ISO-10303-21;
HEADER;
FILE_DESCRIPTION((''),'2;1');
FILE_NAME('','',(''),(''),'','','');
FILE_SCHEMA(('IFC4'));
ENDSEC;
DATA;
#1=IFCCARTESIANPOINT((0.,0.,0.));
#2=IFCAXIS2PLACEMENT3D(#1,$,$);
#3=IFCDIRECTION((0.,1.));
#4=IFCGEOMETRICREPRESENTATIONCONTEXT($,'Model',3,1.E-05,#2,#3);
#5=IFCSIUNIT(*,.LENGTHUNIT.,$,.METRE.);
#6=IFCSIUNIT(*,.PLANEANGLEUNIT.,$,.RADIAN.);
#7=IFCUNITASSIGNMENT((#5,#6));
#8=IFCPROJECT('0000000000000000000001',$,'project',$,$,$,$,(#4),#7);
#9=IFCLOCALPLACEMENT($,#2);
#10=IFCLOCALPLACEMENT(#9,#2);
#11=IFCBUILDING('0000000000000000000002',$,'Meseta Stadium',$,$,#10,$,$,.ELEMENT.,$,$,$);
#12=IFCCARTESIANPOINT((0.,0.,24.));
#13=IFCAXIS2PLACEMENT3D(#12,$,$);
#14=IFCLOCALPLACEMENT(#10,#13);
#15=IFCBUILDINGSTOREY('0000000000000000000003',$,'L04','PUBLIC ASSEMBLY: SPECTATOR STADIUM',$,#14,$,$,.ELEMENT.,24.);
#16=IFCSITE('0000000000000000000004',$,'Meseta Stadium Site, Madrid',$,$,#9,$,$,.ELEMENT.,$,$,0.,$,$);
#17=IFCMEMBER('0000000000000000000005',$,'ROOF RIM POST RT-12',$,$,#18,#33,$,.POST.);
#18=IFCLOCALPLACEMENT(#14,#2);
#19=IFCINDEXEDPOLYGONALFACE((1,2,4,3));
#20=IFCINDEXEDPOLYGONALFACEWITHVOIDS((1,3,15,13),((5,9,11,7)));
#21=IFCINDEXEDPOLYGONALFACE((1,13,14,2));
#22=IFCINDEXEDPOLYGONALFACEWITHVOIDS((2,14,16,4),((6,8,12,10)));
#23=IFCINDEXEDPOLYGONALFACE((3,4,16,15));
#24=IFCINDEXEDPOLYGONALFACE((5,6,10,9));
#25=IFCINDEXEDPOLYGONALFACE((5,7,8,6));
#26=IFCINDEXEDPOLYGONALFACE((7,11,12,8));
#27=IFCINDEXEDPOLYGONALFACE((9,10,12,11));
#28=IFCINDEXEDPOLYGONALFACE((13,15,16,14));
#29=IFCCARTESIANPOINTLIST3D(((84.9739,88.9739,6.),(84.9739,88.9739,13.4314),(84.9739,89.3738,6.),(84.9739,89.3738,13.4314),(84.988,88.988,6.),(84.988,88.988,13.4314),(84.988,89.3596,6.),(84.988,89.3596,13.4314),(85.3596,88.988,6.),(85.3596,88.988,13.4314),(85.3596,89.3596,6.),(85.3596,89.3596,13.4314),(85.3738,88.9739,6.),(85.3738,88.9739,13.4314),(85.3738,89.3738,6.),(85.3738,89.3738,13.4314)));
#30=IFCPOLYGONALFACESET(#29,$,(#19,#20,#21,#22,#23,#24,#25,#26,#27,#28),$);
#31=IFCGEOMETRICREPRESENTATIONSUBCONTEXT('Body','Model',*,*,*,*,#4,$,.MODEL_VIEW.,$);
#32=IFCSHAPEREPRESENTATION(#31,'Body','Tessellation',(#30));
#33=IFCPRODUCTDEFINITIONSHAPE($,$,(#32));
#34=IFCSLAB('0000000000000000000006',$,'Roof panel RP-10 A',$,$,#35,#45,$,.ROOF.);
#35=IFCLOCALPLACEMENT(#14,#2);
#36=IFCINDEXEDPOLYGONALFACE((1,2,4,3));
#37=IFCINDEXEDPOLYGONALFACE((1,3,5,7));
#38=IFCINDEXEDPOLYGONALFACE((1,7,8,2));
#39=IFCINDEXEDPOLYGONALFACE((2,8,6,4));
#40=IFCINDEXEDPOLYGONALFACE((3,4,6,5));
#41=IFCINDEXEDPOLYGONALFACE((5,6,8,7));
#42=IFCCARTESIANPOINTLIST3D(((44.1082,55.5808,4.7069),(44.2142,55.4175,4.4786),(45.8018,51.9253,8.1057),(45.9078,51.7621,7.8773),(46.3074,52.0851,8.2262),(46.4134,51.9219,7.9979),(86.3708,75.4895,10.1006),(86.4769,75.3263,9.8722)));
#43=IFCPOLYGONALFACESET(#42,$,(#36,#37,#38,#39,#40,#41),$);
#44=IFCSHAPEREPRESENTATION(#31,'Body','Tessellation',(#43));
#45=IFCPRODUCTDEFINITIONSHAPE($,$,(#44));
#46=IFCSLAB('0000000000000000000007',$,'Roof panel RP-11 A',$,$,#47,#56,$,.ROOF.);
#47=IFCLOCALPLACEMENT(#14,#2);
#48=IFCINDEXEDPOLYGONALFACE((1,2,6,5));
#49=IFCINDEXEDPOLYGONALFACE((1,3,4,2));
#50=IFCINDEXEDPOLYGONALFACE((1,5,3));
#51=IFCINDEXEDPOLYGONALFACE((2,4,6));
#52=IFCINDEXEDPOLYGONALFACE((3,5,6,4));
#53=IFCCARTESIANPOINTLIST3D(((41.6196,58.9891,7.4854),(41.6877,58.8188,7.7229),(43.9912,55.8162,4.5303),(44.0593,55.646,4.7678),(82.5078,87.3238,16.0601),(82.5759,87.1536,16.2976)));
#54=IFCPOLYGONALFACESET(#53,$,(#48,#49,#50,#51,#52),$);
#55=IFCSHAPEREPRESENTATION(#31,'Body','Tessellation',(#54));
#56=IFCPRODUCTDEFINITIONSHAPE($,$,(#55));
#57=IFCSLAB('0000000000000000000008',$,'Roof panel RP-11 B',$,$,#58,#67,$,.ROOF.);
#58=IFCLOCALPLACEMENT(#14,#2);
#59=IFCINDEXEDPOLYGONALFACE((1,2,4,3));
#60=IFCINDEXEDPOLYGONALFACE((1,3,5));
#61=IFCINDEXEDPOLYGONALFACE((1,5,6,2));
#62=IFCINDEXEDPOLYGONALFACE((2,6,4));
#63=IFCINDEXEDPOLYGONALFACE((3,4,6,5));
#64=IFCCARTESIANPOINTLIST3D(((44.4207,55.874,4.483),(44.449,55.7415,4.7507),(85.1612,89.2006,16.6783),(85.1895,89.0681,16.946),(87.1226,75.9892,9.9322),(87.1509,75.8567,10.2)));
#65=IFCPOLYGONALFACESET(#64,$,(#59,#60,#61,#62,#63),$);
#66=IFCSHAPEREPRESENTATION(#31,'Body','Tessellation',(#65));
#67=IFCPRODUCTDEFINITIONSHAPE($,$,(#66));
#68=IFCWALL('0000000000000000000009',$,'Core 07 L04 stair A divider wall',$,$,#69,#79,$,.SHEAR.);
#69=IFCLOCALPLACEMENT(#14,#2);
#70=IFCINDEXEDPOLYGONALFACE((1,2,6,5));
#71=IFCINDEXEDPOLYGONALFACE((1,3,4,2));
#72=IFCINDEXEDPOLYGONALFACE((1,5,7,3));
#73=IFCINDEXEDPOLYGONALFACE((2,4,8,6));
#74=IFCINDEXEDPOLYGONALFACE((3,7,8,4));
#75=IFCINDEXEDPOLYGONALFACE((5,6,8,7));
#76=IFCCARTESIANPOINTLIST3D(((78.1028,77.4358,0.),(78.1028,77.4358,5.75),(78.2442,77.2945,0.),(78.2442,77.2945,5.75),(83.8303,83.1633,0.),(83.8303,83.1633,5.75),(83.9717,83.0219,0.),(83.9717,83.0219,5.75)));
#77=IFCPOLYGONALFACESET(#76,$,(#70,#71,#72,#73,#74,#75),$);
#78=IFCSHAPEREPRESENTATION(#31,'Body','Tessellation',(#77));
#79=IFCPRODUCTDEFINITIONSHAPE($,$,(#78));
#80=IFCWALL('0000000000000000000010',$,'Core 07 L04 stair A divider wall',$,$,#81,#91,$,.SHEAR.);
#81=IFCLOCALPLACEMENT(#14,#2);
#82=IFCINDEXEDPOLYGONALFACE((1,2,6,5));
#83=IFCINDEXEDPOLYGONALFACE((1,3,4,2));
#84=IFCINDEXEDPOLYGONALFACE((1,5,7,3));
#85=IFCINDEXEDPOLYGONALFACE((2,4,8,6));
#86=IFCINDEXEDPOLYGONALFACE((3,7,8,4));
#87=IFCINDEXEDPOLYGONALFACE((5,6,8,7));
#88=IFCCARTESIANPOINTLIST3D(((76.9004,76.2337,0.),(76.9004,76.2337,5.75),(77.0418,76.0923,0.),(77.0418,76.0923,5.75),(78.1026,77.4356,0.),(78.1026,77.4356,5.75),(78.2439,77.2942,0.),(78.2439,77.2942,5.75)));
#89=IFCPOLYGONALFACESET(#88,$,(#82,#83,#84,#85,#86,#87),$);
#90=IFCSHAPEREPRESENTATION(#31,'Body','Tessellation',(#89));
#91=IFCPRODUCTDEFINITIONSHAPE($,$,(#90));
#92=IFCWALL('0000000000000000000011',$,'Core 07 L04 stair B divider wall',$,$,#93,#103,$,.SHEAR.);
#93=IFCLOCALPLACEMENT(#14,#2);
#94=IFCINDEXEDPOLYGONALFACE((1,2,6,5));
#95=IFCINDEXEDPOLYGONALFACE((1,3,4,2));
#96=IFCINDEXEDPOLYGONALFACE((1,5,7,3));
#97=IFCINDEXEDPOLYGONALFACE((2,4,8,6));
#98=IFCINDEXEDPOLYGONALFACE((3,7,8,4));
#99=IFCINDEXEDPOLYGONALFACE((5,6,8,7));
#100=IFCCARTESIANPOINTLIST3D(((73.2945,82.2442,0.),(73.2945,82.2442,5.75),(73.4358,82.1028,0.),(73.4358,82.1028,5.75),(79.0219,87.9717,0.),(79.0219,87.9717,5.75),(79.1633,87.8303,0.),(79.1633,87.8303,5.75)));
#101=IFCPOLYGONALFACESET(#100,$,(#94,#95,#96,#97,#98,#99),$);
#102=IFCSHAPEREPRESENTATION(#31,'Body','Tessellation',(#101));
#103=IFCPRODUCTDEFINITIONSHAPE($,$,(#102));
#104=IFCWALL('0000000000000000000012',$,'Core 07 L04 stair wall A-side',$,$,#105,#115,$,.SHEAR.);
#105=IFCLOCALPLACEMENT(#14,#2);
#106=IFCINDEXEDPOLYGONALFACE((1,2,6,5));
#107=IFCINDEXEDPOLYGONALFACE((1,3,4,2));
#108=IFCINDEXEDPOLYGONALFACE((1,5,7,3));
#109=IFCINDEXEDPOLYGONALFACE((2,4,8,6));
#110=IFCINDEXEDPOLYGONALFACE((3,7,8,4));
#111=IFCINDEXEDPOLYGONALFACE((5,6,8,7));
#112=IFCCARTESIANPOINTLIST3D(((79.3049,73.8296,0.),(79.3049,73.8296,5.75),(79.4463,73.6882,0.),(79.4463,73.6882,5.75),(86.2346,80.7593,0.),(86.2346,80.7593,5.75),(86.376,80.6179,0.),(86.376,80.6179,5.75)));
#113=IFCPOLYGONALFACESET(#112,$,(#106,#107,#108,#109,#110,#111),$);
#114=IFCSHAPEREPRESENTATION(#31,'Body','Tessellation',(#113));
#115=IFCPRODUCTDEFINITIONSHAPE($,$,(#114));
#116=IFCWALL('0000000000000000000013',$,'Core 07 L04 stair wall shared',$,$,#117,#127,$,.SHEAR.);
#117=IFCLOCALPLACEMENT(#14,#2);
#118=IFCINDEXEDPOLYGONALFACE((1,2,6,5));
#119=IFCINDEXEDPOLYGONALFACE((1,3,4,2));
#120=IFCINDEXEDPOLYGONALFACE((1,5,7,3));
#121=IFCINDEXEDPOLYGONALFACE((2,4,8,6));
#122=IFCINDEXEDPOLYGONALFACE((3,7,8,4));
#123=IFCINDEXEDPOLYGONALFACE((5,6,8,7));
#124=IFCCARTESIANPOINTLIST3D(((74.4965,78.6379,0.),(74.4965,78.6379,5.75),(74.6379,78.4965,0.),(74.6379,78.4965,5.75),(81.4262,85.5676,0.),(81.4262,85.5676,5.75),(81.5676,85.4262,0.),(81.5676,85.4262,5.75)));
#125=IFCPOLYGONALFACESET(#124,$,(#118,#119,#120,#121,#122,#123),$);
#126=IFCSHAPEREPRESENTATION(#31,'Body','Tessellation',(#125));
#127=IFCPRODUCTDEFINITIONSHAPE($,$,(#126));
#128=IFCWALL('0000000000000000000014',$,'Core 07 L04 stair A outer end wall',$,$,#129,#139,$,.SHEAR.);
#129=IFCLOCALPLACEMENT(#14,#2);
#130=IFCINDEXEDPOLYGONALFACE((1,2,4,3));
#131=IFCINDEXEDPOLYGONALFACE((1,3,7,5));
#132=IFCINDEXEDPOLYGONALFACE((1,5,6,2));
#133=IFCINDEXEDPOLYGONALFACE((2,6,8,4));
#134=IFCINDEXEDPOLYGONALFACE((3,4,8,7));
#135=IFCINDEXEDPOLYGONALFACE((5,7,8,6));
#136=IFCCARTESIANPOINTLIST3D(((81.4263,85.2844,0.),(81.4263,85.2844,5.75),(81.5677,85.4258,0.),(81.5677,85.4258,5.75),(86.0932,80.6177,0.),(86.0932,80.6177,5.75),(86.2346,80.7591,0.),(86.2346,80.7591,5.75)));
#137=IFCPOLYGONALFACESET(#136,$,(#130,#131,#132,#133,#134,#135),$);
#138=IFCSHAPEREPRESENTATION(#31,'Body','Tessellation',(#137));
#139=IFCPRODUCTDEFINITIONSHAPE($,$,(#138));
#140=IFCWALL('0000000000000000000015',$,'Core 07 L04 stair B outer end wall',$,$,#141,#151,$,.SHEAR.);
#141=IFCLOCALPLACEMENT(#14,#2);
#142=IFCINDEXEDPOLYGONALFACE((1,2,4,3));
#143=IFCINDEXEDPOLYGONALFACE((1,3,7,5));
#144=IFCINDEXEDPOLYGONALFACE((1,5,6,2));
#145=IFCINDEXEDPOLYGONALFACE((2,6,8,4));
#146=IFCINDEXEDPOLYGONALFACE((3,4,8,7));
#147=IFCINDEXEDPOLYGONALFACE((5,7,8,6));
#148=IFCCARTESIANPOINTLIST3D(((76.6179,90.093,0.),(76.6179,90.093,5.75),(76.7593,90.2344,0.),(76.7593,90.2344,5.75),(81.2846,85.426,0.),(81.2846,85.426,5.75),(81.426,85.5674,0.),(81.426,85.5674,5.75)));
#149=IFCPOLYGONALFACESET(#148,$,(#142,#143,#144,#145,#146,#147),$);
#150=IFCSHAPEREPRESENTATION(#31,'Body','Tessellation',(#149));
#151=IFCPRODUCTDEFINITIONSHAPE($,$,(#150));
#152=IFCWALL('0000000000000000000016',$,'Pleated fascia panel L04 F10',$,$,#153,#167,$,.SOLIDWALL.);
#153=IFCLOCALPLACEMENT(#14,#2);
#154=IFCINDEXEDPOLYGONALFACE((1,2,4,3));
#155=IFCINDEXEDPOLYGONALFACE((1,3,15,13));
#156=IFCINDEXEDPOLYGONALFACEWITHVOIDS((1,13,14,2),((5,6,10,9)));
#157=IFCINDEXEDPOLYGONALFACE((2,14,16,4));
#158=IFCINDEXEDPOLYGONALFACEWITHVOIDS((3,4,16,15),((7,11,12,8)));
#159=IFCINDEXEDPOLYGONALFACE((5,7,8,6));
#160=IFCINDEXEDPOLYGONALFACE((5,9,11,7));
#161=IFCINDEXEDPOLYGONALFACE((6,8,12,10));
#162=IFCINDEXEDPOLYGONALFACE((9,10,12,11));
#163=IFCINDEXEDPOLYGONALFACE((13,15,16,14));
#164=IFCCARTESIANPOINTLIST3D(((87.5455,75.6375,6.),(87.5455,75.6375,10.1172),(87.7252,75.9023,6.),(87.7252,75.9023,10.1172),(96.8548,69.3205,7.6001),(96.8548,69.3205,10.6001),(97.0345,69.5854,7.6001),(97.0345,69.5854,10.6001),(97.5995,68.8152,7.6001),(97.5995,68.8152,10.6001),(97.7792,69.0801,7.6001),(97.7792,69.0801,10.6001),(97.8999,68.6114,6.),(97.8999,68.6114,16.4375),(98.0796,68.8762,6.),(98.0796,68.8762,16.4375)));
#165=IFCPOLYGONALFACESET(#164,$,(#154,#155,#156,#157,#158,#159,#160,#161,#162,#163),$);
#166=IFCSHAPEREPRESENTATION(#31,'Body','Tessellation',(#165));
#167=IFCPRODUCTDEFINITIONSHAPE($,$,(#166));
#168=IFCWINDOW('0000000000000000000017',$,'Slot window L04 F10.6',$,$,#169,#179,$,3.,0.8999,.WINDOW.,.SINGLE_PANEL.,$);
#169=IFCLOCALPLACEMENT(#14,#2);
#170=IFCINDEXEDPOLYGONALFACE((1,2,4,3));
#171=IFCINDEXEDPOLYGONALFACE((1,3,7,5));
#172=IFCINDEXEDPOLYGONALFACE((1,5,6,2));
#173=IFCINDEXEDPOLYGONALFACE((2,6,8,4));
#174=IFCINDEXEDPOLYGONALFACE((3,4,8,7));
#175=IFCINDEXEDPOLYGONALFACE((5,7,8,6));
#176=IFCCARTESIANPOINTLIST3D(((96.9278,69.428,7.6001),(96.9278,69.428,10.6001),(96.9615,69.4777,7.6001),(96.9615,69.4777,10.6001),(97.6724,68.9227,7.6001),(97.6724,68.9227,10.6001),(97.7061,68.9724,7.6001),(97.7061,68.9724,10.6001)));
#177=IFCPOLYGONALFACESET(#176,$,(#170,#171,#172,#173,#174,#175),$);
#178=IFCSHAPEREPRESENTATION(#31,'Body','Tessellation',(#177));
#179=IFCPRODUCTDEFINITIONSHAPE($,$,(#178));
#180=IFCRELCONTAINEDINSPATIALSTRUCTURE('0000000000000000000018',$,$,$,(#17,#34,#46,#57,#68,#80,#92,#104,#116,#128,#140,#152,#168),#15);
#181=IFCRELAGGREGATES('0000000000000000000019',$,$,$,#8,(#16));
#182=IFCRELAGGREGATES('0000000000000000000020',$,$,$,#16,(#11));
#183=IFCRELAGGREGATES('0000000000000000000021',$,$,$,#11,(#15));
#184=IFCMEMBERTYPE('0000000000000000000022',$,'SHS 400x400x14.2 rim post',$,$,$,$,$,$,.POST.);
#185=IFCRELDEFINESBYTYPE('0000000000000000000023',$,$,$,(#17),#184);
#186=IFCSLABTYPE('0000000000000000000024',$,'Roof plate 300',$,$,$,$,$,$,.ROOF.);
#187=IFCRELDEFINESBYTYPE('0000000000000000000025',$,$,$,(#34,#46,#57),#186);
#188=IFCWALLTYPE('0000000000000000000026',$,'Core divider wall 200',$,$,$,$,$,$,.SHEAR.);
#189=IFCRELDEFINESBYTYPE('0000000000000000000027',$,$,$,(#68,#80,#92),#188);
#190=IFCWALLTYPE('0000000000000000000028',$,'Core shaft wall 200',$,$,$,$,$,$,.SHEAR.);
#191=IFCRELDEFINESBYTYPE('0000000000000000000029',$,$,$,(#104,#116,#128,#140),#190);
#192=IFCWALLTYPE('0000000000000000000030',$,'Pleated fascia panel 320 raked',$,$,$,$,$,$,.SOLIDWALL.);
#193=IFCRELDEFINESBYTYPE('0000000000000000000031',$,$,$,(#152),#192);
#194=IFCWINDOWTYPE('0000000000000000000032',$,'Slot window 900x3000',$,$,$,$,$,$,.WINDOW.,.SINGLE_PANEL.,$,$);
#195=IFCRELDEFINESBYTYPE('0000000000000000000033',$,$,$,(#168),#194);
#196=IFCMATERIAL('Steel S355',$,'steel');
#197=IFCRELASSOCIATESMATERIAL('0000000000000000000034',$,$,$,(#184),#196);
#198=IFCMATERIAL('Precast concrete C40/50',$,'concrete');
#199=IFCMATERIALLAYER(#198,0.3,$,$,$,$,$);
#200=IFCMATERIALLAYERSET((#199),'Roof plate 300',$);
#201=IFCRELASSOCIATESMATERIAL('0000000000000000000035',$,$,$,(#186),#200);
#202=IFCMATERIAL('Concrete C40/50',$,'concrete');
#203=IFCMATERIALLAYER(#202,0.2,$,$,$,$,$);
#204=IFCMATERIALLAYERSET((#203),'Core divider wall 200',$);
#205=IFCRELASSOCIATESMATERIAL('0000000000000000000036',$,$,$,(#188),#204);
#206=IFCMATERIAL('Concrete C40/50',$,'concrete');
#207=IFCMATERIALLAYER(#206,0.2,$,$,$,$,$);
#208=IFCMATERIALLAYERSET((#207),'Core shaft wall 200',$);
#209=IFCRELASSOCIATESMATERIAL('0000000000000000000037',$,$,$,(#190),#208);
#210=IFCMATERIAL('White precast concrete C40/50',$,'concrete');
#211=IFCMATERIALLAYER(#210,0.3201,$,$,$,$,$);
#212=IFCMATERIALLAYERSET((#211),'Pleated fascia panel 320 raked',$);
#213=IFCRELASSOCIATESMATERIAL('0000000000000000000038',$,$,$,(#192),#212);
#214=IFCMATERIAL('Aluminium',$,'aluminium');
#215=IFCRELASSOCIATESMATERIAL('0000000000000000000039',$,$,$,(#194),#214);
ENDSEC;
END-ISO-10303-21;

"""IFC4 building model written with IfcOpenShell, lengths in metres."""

from ifc_helpers import new_model, si_unit, direction, frame, frame_2d, origin, origin_2d, place, context, subcontext, project, spatial, polyline, rectangle, hollow_rectangle, outline, extrude, material, layer, layer_set, material_profile, profile_set, type_object, element, fill, save


model = new_model("IFC4")

# Units and contexts
model_context = context("Model", 3, precision=1e-05, world=origin(), true_north=direction((0.0, 1.0)))
body_context = subcontext(model_context, "Body", "Model", "MODEL_VIEW")
ifc_project = project(units=[si_unit("LENGTHUNIT", "METRE"), si_unit("PLANEANGLEUNIT", "RADIAN")], contexts=[model_context])

# Site, building, storey
site_placement = place(None, origin())
site = spatial("IfcSite", under=ifc_project, at=site_placement, Name="Meseta Stadium Site, Madrid", CompositionType="ELEMENT", RefElevation=0.0)
building_placement = place(site_placement, origin())
building = spatial("IfcBuilding", under=site, at=building_placement, Name="Meseta Stadium", CompositionType="ELEMENT")
storey_placement = place(building_placement, frame((0.0, 0.0, 24.0)))
storey = spatial("IfcBuildingStorey", under=building, at=storey_placement, Name="L04", Description="PUBLIC ASSEMBLY: SPECTATOR STADIUM", CompositionType="ELEMENT", Elevation=24.0)

# Member
ifc_material_1 = material(Name="Steel S355", Category="steel")
ifc_material_profile_1 = material_profile(ifc_material_1, hollow_rectangle(XDim=0.3999, YDim=0.3999, WallThickness=0.0142, at=origin_2d()), Name="SHS 400x400x14.2")
ifc_profile_set_1 = profile_set([ifc_material_profile_1], Name="Steel S355")
member_type_1 = type_object("IfcMemberType", Name="SHS 400x400x14.2 rim post", PredefinedType="POST", material=ifc_profile_set_1)
member_1_placement = place(storey_placement, frame((85.1738, 89.1738, 6.0), z_axis=(0.0, 0.0, 1.0), x_axis=(1.0, 0.0, 0.0)))
element("IfcMember", 1, at=member_1_placement, inside=storey, type_object=member_type_1, Name="ROOF RIM POST RT-12", PredefinedType="POST", context=body_context, shape_type="SweptSolid", body=[
    extrude(hollow_rectangle(XDim=0.3999, YDim=0.3999, WallThickness=0.0142, at=origin_2d()), origin(), (0.0, 0.0, 1.0), 7.4314),
])

# Slabs
ifc_material_2 = material(Name="Precast concrete C40/50", Category="concrete")
ifc_layer_1 = layer(ifc_material_2, 0.3)
ifc_layer_set_1 = layer_set([ifc_layer_1], Name="Roof plate 300")
slab_type = type_object("IfcSlabType", Name="Roof plate 300", PredefinedType="ROOF", material=ifc_layer_set_1)
slab_1_placement = place(storey_placement, frame((86.3708, 75.4895, 10.1006), z_axis=(-0.353365, 0.543936, 0.761096), x_axis=(-0.89868, -0.423343, -0.114691)))
element("IfcSlab", 2, at=slab_1_placement, inside=storey, type_object=slab_type, Name="Roof panel RP-10 A", PredefinedType="ROOF", context=body_context, shape_type="SweptSolid", body=[
    extrude(outline(polyline([(0.0, 0.0), (47.0275, 0.0), (46.6632, 5.2583), (46.1273, 5.3508), (0.0, 0.0)])), origin(), (0.0, 0.0, -1.0), 0.3),
])
slab_2_placement = place(storey_placement, frame((82.5759, 87.1536, 16.2976), z_axis=(0.227186, -0.567367, 0.791506), x_axis=(-0.754041, -0.616825, -0.225719)))
element("IfcSlab", 3, at=slab_2_placement, inside=storey, type_object=slab_type, Name="Roof panel RP-11 A", PredefinedType="ROOF", context=body_context, shape_type="SweptSolid", body=[
    extrude(outline(polyline([(0.0, 0.0), (51.0802, 0.0), (50.2444, -4.8709), (0.0, 0.0)])), origin(), (0.0, 0.0, -1.0), 0.3),
])
slab_3_placement = place(storey_placement, frame((87.1509, 75.8567, 10.2), z_axis=(0.094171, -0.441622, 0.892245), x_axis=(-0.898685, -0.423336, -0.114682)))
element("IfcSlab", 4, at=slab_3_placement, inside=storey, type_object=slab_type, Name="Roof panel RP-11 B", PredefinedType="ROOF", context=body_context, shape_type="SweptSolid", body=[
    extrude(outline(polyline([(0.0, 0.0), (47.516, 0.0), (-4.6038, -14.2374), (0.0, 0.0)])), origin(), (0.0, 0.0, -1.0), 0.3),
])

# Walls
ifc_material_3 = material(Name="Concrete C40/50", Category="concrete")
ifc_layer_2 = layer(ifc_material_3, 0.2)
ifc_layer_set_2 = layer_set([ifc_layer_2], Name="Core divider wall 200")
wall_type_1 = type_object("IfcWallType", Name="Core divider wall 200", PredefinedType="SHEAR", material=ifc_layer_set_2)
wall_1_placement = place(storey_placement, frame((83.9009, 83.0925, 0.0), z_axis=(0.0, 0.0, 1.0), x_axis=(-0.707107, -0.707107, 0.0)))
element("IfcWall", 5, at=wall_1_placement, inside=storey, type_object=wall_type_1, Name="Core 07 L04 stair A divider wall", PredefinedType="SHEAR", context=body_context, shape_type="SweptSolid", body=[
    extrude(rectangle(XDim=8.0999, YDim=0.2, at=frame_2d((4.0498, 0.0))), origin(), (0.0, 0.0, 1.0), 5.75),
])
wall_2_placement = place(storey_placement, frame((78.1733, 77.365, 0.0), z_axis=(0.0, 0.0, 1.0), x_axis=(-0.707179, -0.707035, 0.0)))
element("IfcWall", 6, at=wall_2_placement, inside=storey, type_object=wall_type_1, Name="Core 07 L04 stair A divider wall", PredefinedType="SHEAR", context=body_context, shape_type="SweptSolid", body=[
    extrude(rectangle(XDim=1.7, YDim=0.2, at=frame_2d((0.8501, 0.0))), origin(), (0.0, 0.0, 1.0), 5.75),
])
wall_3_placement = place(storey_placement, frame((79.0925, 87.9009, 0.0), z_axis=(0.0, 0.0, 1.0), x_axis=(-0.707107, -0.707107, 0.0)))
element("IfcWall", 7, at=wall_3_placement, inside=storey, type_object=wall_type_1, Name="Core 07 L04 stair B divider wall", PredefinedType="SHEAR", context=body_context, shape_type="SweptSolid", body=[
    extrude(rectangle(XDim=8.0999, YDim=0.2, at=frame_2d((4.0498, 0.0))), origin(), (0.0, 0.0, 1.0), 5.75),
])
ifc_material_4 = material(Name="Concrete C40/50", Category="concrete")
ifc_layer_3 = layer(ifc_material_4, 0.2)
ifc_layer_set_3 = layer_set([ifc_layer_3], Name="Core shaft wall 200")
wall_type_2 = type_object("IfcWallType", Name="Core shaft wall 200", PredefinedType="SHEAR", material=ifc_layer_set_3)
for number, where, z_axis, x_axis, name in (
    (8, (86.3052, 80.6885, 0.0), (0.0, 0.0, 1.0), (-0.707107, -0.707107, 0.0), "Core 07 L04 stair wall A-side"),
    (9, (81.4968, 85.4968, 0.0), (0.0, 0.0, 1.0), (-0.707107, -0.707107, 0.0), "Core 07 L04 stair wall shared"),
):
    element("IfcWall", number, at=place(storey_placement, frame(where, z_axis=z_axis, x_axis=x_axis)), inside=storey, type_object=wall_type_2, Name=name, PredefinedType="SHEAR", context=body_context, shape_type="SweptSolid", body=[
        extrude(rectangle(XDim=9.8, YDim=0.2, at=frame_2d((4.8999, 0.0))), origin(), (0.0, 0.0, 1.0), 5.75),
    ])
for number, where, z_axis, x_axis, name in (
    (10, (86.1638, 80.6885, 0.0), (0.0, 0.0, 1.0), (-0.707125, 0.707088, 0.0), "Core 07 L04 stair A outer end wall"),
    (11, (81.3552, 85.4968, 0.0), (0.0, 0.0, 1.0), (-0.707088, 0.707125, 0.0), "Core 07 L04 stair B outer end wall"),
):
    element("IfcWall", number, at=place(storey_placement, frame(where, z_axis=z_axis, x_axis=x_axis)), inside=storey, type_object=wall_type_2, Name=name, PredefinedType="SHEAR", context=body_context, shape_type="SweptSolid", body=[
        extrude(rectangle(XDim=6.5999, YDim=0.2, at=frame_2d((3.2998, 0.0))), origin(), (0.0, 0.0, 1.0), 5.75),
    ])

# Wall, opening, window
ifc_material_5 = material(Name="White precast concrete C40/50", Category="concrete")
ifc_layer_4 = layer(ifc_material_5, 0.3201)
ifc_layer_set_4 = layer_set([ifc_layer_4], Name="Pleated fascia panel 320 raked")
wall_type_3 = type_object("IfcWallType", Name="Pleated fascia panel 320 raked", PredefinedType="SOLIDWALL", material=ifc_layer_set_4)
wall_4_placement = place(storey_placement, frame((87.6353, 75.7698, 6.0), z_axis=(0.0, 0.0, 1.0), x_axis=(0.827481, -0.561494, 0.0)))
wall_4 = element("IfcWall", 12, at=wall_4_placement, inside=storey, type_object=wall_type_3, Name="Pleated fascia panel L04 F10", PredefinedType="SOLIDWALL", context=body_context, shape_type="SweptSolid", body=[
    extrude(outline(polyline([(0.0, 0.0), (12.5132, 0.0), (12.5132, 10.4375), (0.0, 4.1172), (0.0, 0.0)])), frame((0.0, 0.1602, 0.0), z_axis=(0.0, -1.0, 0.0), x_axis=(1.0, 0.0, 0.0)), (0.0, 0.0, 1.0), 0.3201),
])
opening_1_placement = place(wall_4_placement, frame((11.2502, 0.0, 1.6001)))
opening_1 = element("IfcOpeningElement", 13, at=opening_1_placement, cuts=wall_4, PredefinedType="OPENING", context=body_context, shape_type="SweptSolid", body=[
    extrude(rectangle(XDim=0.8999, YDim=3.0, at=frame_2d((0.45, 1.5))), frame((0.0, 0.1699, 0.0), z_axis=(0.0, -1.0, 0.0), x_axis=(1.0, 0.0, 0.0)), (0.0, 0.0, 1.0), 0.3401),
])
ifc_material_6 = material(Name="Aluminium", Category="aluminium")
window_type_1 = type_object("IfcWindowType", Name="Slot window 900x3000", PartitioningType="SINGLE_PANEL", PredefinedType="WINDOW", material=ifc_material_6)
window_1_placement = place(opening_1_placement, origin())
window_1 = element("IfcWindow", 14, at=window_1_placement, inside=storey, type_object=window_type_1, Name="Slot window L04 F10.6", OverallHeight=3.0, OverallWidth=0.8999, PartitioningType="SINGLE_PANEL", PredefinedType="WINDOW", context=body_context, shape_type="SweptSolid", body=[
    extrude(rectangle(XDim=0.8999, YDim=3.0, at=frame_2d((0.45, 1.5))), frame((0.0, 0.03, 0.0), z_axis=(0.0, -1.0, 0.0), x_axis=(1.0, 0.0, 0.0)), (0.0, 0.0, 1.0), 0.0601),
])
fill(opening_1, window_1)

save(model, "model.ifc")
